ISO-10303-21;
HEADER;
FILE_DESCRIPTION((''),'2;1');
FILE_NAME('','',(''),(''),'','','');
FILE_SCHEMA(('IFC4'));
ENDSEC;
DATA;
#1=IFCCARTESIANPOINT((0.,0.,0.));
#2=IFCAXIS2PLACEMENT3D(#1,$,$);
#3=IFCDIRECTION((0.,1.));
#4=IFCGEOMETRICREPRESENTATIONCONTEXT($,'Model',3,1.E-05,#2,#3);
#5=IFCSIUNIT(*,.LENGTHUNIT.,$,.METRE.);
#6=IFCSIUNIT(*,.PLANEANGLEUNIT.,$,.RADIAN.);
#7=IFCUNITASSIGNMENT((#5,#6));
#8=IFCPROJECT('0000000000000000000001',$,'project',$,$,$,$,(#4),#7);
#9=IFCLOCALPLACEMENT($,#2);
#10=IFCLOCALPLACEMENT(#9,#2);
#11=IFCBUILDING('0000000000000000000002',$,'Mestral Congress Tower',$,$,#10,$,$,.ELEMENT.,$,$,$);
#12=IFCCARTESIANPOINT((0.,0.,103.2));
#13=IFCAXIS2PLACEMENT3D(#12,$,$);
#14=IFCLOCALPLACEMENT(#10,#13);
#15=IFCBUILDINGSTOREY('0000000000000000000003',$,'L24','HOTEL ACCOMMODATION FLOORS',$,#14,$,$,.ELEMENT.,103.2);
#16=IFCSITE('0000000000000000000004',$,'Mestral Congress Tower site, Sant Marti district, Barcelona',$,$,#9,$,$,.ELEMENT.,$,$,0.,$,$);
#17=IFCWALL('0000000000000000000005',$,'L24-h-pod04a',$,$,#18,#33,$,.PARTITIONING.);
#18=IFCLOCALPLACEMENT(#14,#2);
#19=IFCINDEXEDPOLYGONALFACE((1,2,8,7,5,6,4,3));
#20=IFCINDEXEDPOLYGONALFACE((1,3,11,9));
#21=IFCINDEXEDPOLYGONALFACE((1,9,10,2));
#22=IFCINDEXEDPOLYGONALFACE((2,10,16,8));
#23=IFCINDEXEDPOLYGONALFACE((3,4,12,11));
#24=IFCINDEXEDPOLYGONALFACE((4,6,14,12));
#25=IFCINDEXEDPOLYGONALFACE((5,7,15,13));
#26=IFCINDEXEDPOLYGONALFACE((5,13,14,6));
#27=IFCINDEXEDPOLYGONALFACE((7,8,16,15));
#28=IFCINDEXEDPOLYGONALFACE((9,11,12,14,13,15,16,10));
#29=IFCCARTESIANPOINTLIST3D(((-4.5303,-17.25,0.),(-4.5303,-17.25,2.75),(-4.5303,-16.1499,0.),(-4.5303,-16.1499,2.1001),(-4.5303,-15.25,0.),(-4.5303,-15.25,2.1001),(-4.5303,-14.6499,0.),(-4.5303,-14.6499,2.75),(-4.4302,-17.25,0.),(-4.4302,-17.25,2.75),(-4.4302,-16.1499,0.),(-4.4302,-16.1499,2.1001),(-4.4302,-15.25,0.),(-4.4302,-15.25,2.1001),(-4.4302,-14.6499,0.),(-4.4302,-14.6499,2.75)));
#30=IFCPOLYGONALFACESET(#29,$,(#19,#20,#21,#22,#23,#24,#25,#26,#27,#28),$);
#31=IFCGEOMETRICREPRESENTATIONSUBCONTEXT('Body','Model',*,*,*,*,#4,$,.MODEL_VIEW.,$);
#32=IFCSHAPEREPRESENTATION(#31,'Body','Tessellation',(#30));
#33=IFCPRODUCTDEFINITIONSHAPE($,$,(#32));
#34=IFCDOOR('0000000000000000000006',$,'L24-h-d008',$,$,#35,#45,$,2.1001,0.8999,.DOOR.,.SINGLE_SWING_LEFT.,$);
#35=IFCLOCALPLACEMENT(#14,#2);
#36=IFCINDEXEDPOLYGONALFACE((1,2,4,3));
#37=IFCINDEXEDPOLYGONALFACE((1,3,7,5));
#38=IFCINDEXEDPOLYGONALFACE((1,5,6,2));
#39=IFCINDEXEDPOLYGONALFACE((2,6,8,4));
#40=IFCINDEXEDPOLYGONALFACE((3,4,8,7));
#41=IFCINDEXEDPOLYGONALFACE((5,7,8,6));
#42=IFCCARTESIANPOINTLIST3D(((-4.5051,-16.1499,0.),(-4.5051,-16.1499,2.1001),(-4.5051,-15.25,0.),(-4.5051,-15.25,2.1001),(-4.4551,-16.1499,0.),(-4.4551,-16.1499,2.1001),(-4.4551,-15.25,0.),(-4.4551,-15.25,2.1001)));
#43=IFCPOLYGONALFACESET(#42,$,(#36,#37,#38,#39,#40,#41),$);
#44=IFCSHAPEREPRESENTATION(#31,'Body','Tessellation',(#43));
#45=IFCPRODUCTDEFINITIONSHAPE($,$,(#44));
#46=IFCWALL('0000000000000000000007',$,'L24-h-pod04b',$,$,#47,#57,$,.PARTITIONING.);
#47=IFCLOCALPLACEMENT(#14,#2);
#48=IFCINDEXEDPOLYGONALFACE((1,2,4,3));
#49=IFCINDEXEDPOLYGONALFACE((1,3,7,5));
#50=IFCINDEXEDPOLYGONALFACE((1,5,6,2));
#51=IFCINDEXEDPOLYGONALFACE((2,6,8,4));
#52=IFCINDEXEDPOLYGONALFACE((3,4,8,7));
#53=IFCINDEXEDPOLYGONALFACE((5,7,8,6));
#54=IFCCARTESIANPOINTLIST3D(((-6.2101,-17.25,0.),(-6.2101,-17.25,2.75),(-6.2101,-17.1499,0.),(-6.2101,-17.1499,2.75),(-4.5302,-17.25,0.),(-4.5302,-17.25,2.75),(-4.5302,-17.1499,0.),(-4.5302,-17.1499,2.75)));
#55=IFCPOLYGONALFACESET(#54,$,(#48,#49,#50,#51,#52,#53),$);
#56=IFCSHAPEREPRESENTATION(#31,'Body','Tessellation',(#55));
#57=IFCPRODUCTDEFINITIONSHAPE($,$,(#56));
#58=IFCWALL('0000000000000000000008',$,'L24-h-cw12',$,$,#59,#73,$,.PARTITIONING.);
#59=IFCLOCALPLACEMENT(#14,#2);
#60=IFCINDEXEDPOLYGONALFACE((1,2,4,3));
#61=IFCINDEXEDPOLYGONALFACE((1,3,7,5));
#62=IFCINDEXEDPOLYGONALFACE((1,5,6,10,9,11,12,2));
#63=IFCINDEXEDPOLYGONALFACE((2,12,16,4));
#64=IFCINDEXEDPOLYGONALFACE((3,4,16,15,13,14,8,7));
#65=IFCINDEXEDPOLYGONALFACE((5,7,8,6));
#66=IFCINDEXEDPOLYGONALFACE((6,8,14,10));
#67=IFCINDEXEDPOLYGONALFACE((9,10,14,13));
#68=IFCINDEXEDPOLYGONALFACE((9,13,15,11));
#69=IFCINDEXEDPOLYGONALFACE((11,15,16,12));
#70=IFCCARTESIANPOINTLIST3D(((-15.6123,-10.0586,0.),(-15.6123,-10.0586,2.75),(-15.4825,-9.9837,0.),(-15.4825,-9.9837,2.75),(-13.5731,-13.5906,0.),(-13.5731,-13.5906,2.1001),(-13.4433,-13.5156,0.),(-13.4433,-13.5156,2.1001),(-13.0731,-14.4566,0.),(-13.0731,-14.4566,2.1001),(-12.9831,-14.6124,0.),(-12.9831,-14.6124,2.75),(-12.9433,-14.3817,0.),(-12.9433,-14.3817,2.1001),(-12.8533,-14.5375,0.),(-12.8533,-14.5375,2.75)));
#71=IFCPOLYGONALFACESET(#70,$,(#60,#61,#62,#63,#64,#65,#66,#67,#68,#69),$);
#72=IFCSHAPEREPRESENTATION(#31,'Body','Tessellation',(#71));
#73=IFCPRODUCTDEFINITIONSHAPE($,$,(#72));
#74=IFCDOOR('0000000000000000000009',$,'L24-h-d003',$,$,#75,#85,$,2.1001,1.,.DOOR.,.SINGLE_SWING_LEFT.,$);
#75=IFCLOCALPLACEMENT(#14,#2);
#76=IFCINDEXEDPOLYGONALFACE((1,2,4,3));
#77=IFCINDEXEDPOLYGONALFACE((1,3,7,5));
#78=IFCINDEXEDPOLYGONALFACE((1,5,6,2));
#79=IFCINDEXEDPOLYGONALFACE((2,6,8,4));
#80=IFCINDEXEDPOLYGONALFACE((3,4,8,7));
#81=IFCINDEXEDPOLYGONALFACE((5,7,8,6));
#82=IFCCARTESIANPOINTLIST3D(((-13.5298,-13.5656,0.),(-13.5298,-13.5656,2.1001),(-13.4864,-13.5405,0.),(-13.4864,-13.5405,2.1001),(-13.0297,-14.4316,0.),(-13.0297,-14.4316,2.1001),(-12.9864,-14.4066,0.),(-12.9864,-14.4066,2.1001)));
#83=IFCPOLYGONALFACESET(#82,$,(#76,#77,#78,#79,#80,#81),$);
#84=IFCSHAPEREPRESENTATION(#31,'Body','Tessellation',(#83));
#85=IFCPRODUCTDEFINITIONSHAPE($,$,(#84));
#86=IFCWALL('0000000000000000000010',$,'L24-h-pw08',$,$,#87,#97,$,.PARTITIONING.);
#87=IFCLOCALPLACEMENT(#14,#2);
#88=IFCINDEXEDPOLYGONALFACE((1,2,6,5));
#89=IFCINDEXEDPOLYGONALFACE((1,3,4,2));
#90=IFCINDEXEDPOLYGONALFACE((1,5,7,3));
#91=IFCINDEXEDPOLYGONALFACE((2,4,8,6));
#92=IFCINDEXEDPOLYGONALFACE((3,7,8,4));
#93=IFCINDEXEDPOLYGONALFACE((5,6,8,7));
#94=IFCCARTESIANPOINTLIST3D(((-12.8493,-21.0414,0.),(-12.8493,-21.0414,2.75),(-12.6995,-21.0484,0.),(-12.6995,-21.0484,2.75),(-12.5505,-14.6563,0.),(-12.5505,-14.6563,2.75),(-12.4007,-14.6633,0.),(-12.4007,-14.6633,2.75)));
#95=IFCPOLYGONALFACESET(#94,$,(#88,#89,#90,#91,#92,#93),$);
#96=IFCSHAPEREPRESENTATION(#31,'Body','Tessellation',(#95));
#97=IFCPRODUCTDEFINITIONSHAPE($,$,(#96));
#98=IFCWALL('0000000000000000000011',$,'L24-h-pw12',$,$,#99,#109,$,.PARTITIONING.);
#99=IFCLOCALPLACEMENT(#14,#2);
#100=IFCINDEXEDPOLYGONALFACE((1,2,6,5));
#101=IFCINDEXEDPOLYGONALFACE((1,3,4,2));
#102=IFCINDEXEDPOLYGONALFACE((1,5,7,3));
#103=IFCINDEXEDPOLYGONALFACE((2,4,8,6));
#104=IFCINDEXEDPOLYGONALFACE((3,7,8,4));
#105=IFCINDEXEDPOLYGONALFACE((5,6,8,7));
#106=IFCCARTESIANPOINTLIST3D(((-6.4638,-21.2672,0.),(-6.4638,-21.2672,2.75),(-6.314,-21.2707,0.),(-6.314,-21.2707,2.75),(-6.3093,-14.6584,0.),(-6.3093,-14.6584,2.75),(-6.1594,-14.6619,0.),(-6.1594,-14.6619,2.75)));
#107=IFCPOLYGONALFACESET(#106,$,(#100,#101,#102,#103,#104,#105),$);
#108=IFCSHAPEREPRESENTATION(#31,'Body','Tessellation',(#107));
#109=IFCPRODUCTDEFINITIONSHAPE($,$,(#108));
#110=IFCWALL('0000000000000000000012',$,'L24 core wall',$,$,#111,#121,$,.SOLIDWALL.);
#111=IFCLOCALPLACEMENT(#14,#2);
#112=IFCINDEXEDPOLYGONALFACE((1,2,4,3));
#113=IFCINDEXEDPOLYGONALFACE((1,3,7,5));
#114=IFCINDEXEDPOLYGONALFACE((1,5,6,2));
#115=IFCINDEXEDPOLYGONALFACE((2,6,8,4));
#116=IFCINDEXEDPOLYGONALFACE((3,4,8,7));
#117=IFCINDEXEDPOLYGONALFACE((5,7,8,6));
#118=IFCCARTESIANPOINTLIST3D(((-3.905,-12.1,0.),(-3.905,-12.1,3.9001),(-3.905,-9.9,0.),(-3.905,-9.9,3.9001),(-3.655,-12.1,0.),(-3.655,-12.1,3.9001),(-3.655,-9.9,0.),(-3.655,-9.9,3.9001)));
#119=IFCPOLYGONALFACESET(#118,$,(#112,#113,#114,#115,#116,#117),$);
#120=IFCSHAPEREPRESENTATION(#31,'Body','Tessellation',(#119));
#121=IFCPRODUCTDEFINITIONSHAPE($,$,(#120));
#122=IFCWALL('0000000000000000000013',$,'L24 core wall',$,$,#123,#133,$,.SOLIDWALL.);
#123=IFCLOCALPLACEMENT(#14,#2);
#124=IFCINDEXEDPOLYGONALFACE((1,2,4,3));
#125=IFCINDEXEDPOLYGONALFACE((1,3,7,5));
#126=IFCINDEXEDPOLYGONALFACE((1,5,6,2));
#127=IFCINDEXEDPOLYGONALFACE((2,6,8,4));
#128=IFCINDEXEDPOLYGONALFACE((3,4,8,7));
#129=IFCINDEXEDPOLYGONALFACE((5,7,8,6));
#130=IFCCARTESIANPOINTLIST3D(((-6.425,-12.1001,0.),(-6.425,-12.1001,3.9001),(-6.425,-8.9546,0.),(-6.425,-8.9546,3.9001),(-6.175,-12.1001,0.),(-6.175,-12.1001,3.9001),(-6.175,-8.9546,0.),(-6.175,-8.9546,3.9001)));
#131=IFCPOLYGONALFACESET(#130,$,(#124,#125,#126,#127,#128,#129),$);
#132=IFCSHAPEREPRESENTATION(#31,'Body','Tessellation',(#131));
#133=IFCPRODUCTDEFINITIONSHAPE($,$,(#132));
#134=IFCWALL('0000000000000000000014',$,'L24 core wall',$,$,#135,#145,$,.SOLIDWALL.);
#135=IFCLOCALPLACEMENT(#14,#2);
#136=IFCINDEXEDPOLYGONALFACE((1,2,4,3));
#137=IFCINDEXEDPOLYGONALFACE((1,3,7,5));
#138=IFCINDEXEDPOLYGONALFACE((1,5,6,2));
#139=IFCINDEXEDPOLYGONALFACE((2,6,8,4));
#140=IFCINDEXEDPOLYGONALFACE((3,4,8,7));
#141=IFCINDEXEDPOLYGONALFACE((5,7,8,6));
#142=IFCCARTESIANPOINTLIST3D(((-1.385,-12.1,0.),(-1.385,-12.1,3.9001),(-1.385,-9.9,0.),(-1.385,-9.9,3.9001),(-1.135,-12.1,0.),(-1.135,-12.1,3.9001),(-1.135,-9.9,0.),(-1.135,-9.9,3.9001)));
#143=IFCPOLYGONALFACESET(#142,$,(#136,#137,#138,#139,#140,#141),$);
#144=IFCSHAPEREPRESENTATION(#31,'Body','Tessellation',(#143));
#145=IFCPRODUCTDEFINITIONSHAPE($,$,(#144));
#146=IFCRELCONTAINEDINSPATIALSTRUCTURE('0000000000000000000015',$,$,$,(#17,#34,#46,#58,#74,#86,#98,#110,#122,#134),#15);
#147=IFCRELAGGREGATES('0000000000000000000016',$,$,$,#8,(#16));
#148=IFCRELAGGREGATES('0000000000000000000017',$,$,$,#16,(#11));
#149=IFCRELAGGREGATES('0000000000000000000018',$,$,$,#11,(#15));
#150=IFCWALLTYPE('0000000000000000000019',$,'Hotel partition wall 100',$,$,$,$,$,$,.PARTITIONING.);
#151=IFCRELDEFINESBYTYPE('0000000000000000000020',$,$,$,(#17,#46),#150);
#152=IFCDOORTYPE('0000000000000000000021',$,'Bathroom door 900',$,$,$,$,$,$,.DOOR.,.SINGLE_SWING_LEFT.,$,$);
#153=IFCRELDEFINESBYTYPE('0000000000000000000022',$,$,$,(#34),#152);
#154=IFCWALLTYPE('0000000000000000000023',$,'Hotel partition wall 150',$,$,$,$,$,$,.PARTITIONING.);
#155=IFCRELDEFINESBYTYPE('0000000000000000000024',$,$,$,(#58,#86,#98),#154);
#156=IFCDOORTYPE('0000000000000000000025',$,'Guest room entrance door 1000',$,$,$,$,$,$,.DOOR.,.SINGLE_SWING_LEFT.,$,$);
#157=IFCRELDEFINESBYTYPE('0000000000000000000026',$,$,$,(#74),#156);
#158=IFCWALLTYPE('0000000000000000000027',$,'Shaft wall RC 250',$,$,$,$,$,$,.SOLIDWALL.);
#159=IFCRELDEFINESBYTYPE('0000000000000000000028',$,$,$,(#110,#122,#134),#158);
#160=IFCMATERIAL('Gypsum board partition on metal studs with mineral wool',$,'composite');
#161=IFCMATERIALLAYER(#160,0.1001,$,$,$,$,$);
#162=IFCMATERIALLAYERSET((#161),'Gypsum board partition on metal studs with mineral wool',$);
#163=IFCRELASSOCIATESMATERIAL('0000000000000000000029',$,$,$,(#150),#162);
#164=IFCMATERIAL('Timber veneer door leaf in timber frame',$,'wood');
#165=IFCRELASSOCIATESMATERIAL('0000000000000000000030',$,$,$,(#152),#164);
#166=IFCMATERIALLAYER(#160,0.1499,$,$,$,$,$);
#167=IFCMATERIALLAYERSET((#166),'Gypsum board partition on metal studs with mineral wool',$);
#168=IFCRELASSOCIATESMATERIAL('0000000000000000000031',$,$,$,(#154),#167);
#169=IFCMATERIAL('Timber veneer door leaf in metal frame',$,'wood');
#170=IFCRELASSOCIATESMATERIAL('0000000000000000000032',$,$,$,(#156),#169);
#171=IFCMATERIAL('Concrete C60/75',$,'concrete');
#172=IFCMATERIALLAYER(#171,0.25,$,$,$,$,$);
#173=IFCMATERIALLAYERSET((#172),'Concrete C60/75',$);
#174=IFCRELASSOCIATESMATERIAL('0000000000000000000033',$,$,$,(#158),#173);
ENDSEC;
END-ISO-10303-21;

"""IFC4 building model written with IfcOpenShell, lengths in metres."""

from ifc_helpers import new_model, si_unit, direction, frame, frame_2d, origin, place, context, subcontext, project, spatial, rectangle, extrude, material, layer, layer_set, type_object, element, fill, save


model = new_model("IFC4")

# Units and contexts
model_context = context("Model", 3, precision=1e-05, world=origin(), true_north=direction((0.0, 1.0)))
body_context = subcontext(model_context, "Body", "Model", "MODEL_VIEW")
ifc_project = project(units=[si_unit("LENGTHUNIT", "METRE"), si_unit("PLANEANGLEUNIT", "RADIAN")], contexts=[model_context])

# Site, building, storey
site_placement = place(None, origin())
site = spatial("IfcSite", under=ifc_project, at=site_placement, Name="Mestral Congress Tower site, Sant Marti district, Barcelona", CompositionType="ELEMENT", RefElevation=0.0)
building_placement = place(site_placement, origin())
building = spatial("IfcBuilding", under=site, at=building_placement, Name="Mestral Congress Tower", CompositionType="ELEMENT")
storey_placement = place(building_placement, frame((0.0, 0.0, 103.2)))
storey = spatial("IfcBuildingStorey", under=building, at=storey_placement, Name="L24", Description="HOTEL ACCOMMODATION FLOORS", CompositionType="ELEMENT", Elevation=103.2)

# Shared definitions
ifc_material_1 = material(Name="Concrete C60/75", Category="concrete")

# Shared definitions
ifc_material_2 = material(Name="Gypsum board partition on metal studs with mineral wool", Category="composite")
ifc_layer_1 = layer(ifc_material_2, 0.1001)
ifc_layer_set_1 = layer_set([ifc_layer_1], Name="Gypsum board partition on metal studs with mineral wool")
wall_type_1 = type_object("IfcWallType", Name="Hotel partition wall 100", PredefinedType="PARTITIONING", material=ifc_layer_set_1)
ifc_material_3 = material(Name="Timber veneer door leaf in timber frame", Category="wood")
door_type_1 = type_object("IfcDoorType", Name="Bathroom door 900", OperationType="SINGLE_SWING_LEFT", PredefinedType="DOOR", material=ifc_material_3)

# Wall, opening, door
wall_1_placement = place(storey_placement, frame((-4.4802, -17.25, 0.0), z_axis=(0.0, 0.0, 1.0), x_axis=(0.0, 1.0, 0.0)))
wall_1 = element("IfcWall", 1, at=wall_1_placement, inside=storey, type_object=wall_type_1, Name="L24-h-pod04a", PredefinedType="PARTITIONING", context=body_context, shape_type="SweptSolid", body=[
    extrude(rectangle(XDim=2.6001, YDim=0.1001, at=frame_2d((1.3, 0.0))), origin(), (0.0, 0.0, 1.0), 2.75),
])
opening_1_placement = place(wall_1_placement, frame((1.1001, 0.0, 0.0)))
opening_1 = element("IfcOpeningElement", 2, at=opening_1_placement, cuts=wall_1, PredefinedType="OPENING", context=body_context, shape_type="SweptSolid", body=[
    extrude(rectangle(XDim=0.8999, YDim=2.1001, at=frame_2d((0.45, 1.05))), frame((0.0, 0.0601, 0.0), z_axis=(0.0, -1.0, 0.0), x_axis=(1.0, 0.0, 0.0)), (0.0, 0.0, 1.0), 0.1201),
])
door_1_placement = place(opening_1_placement, origin())
door_1 = element("IfcDoor", 3, at=door_1_placement, inside=storey, type_object=door_type_1, Name="L24-h-d008", OperationType="SINGLE_SWING_LEFT", OverallHeight=2.1001, OverallWidth=0.8999, PredefinedType="DOOR", context=body_context, shape_type="SweptSolid", body=[
    extrude(rectangle(XDim=0.8999, YDim=2.1001, at=frame_2d((0.45, 1.05))), frame((0.0, 0.0249, 0.0), z_axis=(0.0, -1.0, 0.0), x_axis=(1.0, 0.0, 0.0)), (0.0, 0.0, 1.0), 0.05),
])
fill(opening_1, door_1)

# Wall
wall_2_placement = place(storey_placement, frame((-4.5303, -17.2, 0.0), z_axis=(0.0, 0.0, 1.0), x_axis=(-1.0, 0.0, 0.0)))
element("IfcWall", 4, at=wall_2_placement, inside=storey, type_object=wall_type_1, Name="L24-h-pod04b", PredefinedType="PARTITIONING", context=body_context, shape_type="SweptSolid", body=[
    extrude(rectangle(XDim=1.6799, YDim=0.1001, at=frame_2d((0.8398, 0.0))), origin(), (0.0, 0.0, 1.0), 2.75),
])

# Wall, opening, door
ifc_layer_2 = layer(ifc_material_2, 0.1499)
ifc_layer_set_2 = layer_set([ifc_layer_2], Name="Gypsum board partition on metal studs with mineral wool")
wall_type_2 = type_object("IfcWallType", Name="Hotel partition wall 150", PredefinedType="PARTITIONING", material=ifc_layer_set_2)
wall_3_placement = place(storey_placement, frame((-12.9182, -14.575, 0.0), z_axis=(0.0, 0.0, 1.0), x_axis=(-0.500009, 0.86602, 0.0)))
wall_3 = element("IfcWall", 5, at=wall_3_placement, inside=storey, type_object=wall_type_2, Name="L24-h-cw12", PredefinedType="PARTITIONING", context=body_context, shape_type="SweptSolid", body=[
    extrude(rectangle(XDim=5.2583, YDim=0.1499, at=frame_2d((2.6292, 0.0))), origin(), (0.0, 0.0, 1.0), 2.75),
])
opening_2_placement = place(wall_3_placement, frame((0.1799, 0.0, 0.0)))
opening_2 = element("IfcOpeningElement", 6, at=opening_2_placement, cuts=wall_3, PredefinedType="OPENING", context=body_context, shape_type="SweptSolid", body=[
    extrude(rectangle(XDim=1.0, YDim=2.1001, at=frame_2d((0.5, 1.05))), frame((0.0, 0.085, 0.0), z_axis=(0.0, -1.0, 0.0), x_axis=(1.0, 0.0, 0.0)), (0.0, 0.0, 1.0), 0.1699),
])
ifc_material_4 = material(Name="Timber veneer door leaf in metal frame", Category="wood")
door_type_2 = type_object("IfcDoorType", Name="Guest room entrance door 1000", OperationType="SINGLE_SWING_LEFT", PredefinedType="DOOR", material=ifc_material_4)
door_2_placement = place(opening_2_placement, origin())
door_2 = element("IfcDoor", 7, at=door_2_placement, inside=storey, type_object=door_type_2, Name="L24-h-d003", OperationType="SINGLE_SWING_LEFT", OverallHeight=2.1001, OverallWidth=1.0, PredefinedType="DOOR", context=body_context, shape_type="SweptSolid", body=[
    extrude(rectangle(XDim=1.0, YDim=2.1001, at=frame_2d((0.5, 1.05))), frame((0.0, 0.0249, 0.0), z_axis=(0.0, -1.0, 0.0), x_axis=(1.0, 0.0, 0.0)), (0.0, 0.0, 1.0), 0.05),
])
fill(opening_2, door_2)

# Walls
wall_4_placement = place(storey_placement, frame((-12.7744, -21.0449, 0.0), z_axis=(0.0, 0.0, 1.0), x_axis=(0.04675, 0.998907, 0.0)))
element("IfcWall", 8, at=wall_4_placement, inside=storey, type_object=wall_type_2, Name="L24-h-pw08", PredefinedType="PARTITIONING", context=body_context, shape_type="SweptSolid", body=[
    extrude(rectangle(XDim=6.3921, YDim=0.1499, at=frame_2d((3.196, 0.0))), origin(), (0.0, 0.0, 1.0), 2.75),
])
wall_5_placement = place(storey_placement, frame((-6.3889, -21.2688, 0.0), z_axis=(0.0, 0.0, 1.0), x_axis=(0.023377, 0.999727, 0.0)))
element("IfcWall", 9, at=wall_5_placement, inside=storey, type_object=wall_type_2, Name="L24-h-pw12", PredefinedType="PARTITIONING", context=body_context, shape_type="SweptSolid", body=[
    extrude(rectangle(XDim=6.6106, YDim=0.1499, at=frame_2d((3.3052, 0.0))), origin(), (0.0, 0.0, 1.0), 2.75),
])
ifc_layer_3 = layer(ifc_material_1, 0.25)
ifc_layer_set_3 = layer_set([ifc_layer_3], Name="Concrete C60/75")
wall_type_3 = type_object("IfcWallType", Name="Shaft wall RC 250", PredefinedType="SOLIDWALL", material=ifc_layer_set_3)
wall_6_placement = place(storey_placement, frame((-3.78, -12.1001, 0.0), z_axis=(0.0, 0.0, 1.0), x_axis=(0.0, 1.0, 0.0)))
element("IfcWall", 10, at=wall_6_placement, inside=storey, type_object=wall_type_3, Name="L24 core wall", PredefinedType="SOLIDWALL", context=body_context, shape_type="SweptSolid", body=[
    extrude(rectangle(XDim=2.2, YDim=0.25, at=frame_2d((1.1001, 0.0))), origin(), (0.0, 0.0, 1.0), 3.9001),
])
wall_7_placement = place(storey_placement, frame((-6.3, -12.1001, 0.0), z_axis=(0.0, 0.0, 1.0), x_axis=(0.0, 1.0, 0.0)))
element("IfcWall", 11, at=wall_7_placement, inside=storey, type_object=wall_type_3, Name="L24 core wall", PredefinedType="SOLIDWALL", context=body_context, shape_type="SweptSolid", body=[
    extrude(rectangle(XDim=3.1455, YDim=0.25, at=frame_2d((1.5728, 0.0))), origin(), (0.0, 0.0, 1.0), 3.9001),
])
wall_8_placement = place(storey_placement, frame((-1.26, -12.1001, 0.0), z_axis=(0.0, 0.0, 1.0), x_axis=(0.0, 1.0, 0.0)))
element("IfcWall", 12, at=wall_8_placement, inside=storey, type_object=wall_type_3, Name="L24 core wall", PredefinedType="SOLIDWALL", context=body_context, shape_type="SweptSolid", body=[
    extrude(rectangle(XDim=2.2, YDim=0.25, at=frame_2d((1.1001, 0.0))), origin(), (0.0, 0.0, 1.0), 3.9001),
])

save(model, "model.ifc")
